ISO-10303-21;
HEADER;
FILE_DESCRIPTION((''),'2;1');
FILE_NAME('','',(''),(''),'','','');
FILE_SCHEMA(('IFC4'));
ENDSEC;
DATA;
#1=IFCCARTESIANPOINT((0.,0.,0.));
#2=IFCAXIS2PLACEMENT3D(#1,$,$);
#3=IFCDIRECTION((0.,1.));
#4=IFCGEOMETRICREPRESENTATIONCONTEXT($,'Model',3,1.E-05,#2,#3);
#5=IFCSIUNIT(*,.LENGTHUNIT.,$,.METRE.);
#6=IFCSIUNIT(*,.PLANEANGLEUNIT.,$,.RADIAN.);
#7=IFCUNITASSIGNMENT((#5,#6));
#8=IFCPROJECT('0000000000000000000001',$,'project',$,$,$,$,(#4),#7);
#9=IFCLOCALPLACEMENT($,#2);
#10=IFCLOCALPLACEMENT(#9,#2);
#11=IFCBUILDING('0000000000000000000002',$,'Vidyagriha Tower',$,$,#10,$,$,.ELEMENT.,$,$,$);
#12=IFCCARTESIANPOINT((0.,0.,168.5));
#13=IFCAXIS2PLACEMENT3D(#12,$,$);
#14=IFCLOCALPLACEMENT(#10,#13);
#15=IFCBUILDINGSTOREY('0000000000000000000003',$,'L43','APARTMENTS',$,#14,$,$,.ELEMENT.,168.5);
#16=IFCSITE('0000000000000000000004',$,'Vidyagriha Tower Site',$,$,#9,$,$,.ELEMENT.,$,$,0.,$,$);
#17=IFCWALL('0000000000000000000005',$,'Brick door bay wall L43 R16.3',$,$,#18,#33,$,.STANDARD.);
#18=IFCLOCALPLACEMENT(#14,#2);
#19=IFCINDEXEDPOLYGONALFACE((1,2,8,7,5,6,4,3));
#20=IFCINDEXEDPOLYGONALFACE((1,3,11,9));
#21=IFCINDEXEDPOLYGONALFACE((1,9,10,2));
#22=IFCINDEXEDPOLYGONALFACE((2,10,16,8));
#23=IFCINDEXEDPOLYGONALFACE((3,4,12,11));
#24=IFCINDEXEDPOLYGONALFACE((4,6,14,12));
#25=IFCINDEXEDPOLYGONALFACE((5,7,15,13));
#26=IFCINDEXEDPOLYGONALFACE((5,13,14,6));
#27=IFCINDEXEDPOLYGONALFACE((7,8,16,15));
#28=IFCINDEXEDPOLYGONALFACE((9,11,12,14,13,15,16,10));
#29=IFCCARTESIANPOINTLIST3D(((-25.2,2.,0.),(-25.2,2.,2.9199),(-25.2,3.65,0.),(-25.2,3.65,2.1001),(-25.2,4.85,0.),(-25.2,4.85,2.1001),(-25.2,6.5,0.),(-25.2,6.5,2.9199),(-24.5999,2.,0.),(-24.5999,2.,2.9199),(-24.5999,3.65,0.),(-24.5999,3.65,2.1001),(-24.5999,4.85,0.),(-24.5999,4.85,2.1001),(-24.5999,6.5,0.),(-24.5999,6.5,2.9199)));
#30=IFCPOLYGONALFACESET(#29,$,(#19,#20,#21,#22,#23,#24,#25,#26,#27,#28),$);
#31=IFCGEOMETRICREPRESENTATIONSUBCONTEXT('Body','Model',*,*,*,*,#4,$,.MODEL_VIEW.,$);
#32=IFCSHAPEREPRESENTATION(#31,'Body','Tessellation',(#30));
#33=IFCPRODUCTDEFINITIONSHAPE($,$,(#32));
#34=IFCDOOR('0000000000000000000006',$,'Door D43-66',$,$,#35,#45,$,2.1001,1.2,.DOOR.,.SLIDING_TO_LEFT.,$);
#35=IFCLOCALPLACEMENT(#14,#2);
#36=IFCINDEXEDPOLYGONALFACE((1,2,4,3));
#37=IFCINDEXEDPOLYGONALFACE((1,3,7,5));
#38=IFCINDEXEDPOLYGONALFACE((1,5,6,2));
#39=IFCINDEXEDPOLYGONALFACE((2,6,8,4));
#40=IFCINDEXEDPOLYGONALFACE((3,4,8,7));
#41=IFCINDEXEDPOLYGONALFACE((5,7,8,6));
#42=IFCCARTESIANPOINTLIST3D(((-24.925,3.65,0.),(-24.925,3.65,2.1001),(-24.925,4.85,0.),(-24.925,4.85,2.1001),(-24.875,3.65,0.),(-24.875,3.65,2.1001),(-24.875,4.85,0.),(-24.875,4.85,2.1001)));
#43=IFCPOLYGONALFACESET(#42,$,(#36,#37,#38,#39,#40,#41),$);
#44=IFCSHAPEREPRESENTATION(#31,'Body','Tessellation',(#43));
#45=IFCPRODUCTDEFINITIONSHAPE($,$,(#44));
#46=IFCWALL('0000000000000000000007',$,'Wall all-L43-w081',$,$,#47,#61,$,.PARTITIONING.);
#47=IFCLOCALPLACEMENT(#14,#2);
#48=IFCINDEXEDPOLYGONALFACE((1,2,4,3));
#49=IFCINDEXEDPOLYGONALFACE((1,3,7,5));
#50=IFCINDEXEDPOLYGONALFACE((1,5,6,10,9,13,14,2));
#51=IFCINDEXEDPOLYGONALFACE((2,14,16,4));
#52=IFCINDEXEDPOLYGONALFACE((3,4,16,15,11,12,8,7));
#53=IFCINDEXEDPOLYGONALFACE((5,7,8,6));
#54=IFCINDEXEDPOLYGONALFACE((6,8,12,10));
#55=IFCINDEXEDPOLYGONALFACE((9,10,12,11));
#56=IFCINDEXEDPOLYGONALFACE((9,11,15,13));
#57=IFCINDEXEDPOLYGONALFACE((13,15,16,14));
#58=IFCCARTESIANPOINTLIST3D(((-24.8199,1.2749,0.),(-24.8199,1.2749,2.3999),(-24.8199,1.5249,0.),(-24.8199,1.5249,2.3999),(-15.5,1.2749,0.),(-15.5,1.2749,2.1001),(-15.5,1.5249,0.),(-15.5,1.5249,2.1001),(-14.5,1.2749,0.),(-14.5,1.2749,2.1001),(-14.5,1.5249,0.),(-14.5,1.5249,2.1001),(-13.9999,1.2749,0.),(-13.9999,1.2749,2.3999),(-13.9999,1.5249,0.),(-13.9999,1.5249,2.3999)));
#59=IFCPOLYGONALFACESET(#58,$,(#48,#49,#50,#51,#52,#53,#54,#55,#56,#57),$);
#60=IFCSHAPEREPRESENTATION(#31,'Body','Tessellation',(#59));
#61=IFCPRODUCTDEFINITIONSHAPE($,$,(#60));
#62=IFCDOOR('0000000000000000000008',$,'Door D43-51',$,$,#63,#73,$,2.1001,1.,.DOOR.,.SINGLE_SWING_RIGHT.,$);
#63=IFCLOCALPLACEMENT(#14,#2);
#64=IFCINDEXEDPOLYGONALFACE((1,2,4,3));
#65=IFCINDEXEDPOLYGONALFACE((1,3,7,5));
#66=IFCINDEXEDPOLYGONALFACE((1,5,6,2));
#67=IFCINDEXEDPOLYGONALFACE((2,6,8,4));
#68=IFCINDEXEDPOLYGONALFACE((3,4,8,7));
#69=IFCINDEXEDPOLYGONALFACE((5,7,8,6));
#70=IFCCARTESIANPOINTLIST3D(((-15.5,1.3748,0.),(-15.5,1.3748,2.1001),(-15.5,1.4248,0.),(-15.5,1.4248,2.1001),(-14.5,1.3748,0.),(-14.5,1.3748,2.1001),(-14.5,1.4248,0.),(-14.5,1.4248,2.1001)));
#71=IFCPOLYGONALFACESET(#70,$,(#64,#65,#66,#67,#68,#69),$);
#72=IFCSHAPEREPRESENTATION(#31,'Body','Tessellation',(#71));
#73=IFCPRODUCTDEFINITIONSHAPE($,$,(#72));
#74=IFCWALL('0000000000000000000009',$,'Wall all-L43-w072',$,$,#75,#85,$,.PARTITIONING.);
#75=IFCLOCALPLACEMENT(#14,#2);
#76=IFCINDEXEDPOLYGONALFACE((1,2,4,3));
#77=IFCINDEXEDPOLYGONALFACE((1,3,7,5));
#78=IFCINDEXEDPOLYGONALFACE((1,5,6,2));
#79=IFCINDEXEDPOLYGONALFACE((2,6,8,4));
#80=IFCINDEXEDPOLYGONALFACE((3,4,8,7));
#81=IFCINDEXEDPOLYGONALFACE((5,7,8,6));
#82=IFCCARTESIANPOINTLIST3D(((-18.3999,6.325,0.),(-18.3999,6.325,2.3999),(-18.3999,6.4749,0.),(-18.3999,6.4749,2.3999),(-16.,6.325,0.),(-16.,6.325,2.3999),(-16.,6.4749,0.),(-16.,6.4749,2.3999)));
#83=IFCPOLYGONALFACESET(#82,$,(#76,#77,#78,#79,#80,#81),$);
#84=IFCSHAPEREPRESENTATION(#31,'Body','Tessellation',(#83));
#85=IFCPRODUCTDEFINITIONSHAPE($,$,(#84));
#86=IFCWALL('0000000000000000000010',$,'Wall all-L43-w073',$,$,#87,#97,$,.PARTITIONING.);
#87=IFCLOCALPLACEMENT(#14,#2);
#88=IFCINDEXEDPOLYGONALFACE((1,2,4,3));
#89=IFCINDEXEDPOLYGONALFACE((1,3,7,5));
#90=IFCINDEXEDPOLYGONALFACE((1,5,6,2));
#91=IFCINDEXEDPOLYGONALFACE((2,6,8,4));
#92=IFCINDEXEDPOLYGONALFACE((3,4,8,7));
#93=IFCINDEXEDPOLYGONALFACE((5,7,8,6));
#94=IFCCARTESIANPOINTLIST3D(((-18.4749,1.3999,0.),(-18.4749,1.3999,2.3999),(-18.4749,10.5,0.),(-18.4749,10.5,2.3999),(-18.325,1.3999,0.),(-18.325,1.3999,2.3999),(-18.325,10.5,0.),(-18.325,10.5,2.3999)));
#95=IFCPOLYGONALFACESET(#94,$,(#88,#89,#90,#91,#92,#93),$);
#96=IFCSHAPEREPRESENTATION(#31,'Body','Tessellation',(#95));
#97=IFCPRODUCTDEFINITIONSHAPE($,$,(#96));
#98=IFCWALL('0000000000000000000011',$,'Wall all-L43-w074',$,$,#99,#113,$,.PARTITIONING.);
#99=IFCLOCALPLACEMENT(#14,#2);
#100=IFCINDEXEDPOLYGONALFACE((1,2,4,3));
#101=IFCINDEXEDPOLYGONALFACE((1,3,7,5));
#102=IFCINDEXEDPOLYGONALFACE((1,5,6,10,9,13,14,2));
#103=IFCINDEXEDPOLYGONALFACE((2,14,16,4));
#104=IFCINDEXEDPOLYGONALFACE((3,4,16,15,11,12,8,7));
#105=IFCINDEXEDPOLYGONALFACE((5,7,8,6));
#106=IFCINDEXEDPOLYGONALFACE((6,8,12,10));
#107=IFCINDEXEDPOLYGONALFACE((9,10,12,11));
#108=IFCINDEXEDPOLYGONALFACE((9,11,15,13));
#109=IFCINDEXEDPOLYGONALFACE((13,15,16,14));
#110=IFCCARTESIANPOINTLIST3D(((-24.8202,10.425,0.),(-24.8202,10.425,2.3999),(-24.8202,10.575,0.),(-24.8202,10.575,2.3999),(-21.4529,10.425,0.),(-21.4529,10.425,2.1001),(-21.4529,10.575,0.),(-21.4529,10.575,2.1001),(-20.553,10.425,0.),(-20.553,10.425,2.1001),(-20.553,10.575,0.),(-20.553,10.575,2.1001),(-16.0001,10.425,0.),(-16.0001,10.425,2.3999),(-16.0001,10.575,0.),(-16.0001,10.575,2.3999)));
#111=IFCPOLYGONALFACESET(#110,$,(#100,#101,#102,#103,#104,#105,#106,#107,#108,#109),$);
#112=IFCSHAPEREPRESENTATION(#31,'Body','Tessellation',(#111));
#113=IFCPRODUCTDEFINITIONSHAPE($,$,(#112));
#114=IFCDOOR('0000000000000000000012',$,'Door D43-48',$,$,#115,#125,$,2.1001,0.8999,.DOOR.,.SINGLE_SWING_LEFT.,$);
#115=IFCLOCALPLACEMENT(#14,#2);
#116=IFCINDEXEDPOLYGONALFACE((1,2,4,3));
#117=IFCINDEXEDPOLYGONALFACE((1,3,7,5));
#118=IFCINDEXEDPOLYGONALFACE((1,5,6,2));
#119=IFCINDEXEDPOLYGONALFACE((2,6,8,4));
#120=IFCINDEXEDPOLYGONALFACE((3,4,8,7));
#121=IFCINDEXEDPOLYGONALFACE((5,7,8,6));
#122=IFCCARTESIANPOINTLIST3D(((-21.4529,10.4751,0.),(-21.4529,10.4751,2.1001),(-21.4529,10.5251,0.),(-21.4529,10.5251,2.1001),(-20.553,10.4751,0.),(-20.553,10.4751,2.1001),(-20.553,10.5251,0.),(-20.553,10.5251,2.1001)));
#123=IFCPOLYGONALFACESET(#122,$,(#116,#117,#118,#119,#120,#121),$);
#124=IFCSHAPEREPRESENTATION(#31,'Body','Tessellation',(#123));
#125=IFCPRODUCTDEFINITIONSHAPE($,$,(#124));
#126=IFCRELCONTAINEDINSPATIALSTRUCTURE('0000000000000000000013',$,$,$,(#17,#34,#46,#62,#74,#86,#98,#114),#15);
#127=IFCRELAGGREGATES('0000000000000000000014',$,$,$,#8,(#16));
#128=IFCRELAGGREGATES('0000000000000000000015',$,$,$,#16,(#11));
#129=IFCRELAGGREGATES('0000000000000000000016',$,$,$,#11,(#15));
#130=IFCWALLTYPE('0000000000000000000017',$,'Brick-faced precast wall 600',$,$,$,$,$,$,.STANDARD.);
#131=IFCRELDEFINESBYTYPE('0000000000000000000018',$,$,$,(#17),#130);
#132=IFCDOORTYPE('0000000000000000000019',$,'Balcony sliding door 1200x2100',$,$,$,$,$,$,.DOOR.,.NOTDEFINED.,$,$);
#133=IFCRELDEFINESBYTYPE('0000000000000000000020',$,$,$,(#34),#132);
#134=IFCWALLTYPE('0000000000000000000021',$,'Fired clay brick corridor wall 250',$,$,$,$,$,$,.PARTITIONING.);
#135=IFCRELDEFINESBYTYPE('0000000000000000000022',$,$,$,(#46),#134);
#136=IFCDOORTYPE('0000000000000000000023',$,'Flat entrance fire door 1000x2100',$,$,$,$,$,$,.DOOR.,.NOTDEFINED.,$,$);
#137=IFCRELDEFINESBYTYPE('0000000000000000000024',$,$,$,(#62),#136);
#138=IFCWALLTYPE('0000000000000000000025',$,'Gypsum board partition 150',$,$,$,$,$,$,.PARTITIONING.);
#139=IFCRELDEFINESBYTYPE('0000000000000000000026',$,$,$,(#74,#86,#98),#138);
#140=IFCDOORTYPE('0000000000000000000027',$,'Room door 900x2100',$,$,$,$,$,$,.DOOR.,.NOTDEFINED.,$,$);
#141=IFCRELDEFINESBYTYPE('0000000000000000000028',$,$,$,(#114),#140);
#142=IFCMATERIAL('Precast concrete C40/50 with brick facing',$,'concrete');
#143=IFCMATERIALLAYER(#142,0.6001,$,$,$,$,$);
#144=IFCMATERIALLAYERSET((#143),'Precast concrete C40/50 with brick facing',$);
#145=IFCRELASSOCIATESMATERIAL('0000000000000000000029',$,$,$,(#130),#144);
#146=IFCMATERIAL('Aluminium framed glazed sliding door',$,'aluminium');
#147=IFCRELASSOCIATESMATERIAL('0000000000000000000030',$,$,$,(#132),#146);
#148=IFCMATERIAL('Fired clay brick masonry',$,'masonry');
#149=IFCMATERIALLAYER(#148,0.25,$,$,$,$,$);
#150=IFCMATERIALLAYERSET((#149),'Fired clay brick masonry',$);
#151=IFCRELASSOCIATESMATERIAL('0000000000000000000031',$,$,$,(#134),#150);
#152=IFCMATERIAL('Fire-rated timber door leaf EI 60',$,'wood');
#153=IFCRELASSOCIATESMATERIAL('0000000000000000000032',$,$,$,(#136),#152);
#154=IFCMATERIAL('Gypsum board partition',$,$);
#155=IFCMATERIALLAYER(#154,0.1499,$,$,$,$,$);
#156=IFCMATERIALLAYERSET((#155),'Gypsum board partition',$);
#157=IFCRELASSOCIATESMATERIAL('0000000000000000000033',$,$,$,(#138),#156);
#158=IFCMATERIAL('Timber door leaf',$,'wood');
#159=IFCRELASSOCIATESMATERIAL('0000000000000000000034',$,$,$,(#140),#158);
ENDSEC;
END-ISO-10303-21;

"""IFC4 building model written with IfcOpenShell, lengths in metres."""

from ifc_helpers import new_model, si_unit, direction, frame, frame_2d, origin, place, context, subcontext, project, spatial, rectangle, extrude, material, layer, layer_set, type_object, element, fill, save


model = new_model("IFC4")

# Units and contexts
model_context = context("Model", 3, precision=1e-05, world=origin(), true_north=direction((0.0, 1.0)))
body_context = subcontext(model_context, "Body", "Model", "MODEL_VIEW")
ifc_project = project(units=[si_unit("LENGTHUNIT", "METRE"), si_unit("PLANEANGLEUNIT", "RADIAN")], contexts=[model_context])

# Site, building, storey
site_placement = place(None, origin())
site = spatial("IfcSite", under=ifc_project, at=site_placement, Name="Vidyagriha Tower Site", CompositionType="ELEMENT", RefElevation=0.0)
building_placement = place(site_placement, origin())
building = spatial("IfcBuilding", under=site, at=building_placement, Name="Vidyagriha Tower", CompositionType="ELEMENT")
storey_placement = place(building_placement, frame((0.0, 0.0, 168.5)))
storey = spatial("IfcBuildingStorey", under=building, at=storey_placement, Name="L43", Description="APARTMENTS", CompositionType="ELEMENT", Elevation=168.5)

# Walls, openings, doors
ifc_material_1 = material(Name="Precast concrete C40/50 with brick facing", Category="concrete")
ifc_layer_1 = layer(ifc_material_1, 0.6001)
ifc_layer_set_1 = layer_set([ifc_layer_1], Name="Precast concrete C40/50 with brick facing")
wall_type_1 = type_object("IfcWallType", Name="Brick-faced precast wall 600", PredefinedType="STANDARD", material=ifc_layer_set_1)
wall_1_placement = place(storey_placement, frame((-24.8999, 6.5, 0.0), z_axis=(0.0, 0.0, 1.0), x_axis=(0.0, -1.0, 0.0)))
wall_1 = element("IfcWall", 1, at=wall_1_placement, inside=storey, type_object=wall_type_1, Name="Brick door bay wall L43 R16.3", PredefinedType="STANDARD", context=body_context, shape_type="SweptSolid", body=[
    extrude(rectangle(XDim=4.5, YDim=0.6001, at=frame_2d((2.25, 0.0))), origin(), (0.0, 0.0, 1.0), 2.9199),
])
opening_1_placement = place(wall_1_placement, frame((1.6499, 0.0, 0.0)))
opening_1 = element("IfcOpeningElement", 2, at=opening_1_placement, cuts=wall_1, PredefinedType="OPENING", context=body_context, shape_type="SweptSolid", body=[
    extrude(rectangle(XDim=1.2, YDim=2.1001, at=frame_2d((0.6001, 1.05))), frame((0.0, 0.3101, 0.0), z_axis=(0.0, -1.0, 0.0), x_axis=(1.0, 0.0, 0.0)), (0.0, 0.0, 1.0), 0.6201),
])
ifc_material_2 = material(Name="Aluminium framed glazed sliding door", Category="aluminium")
door_type_1 = type_object("IfcDoorType", Name="Balcony sliding door 1200x2100", OperationType="NOTDEFINED", PredefinedType="DOOR", material=ifc_material_2)
door_1_placement = place(opening_1_placement, origin())
door_1 = element("IfcDoor", 3, at=door_1_placement, inside=storey, type_object=door_type_1, Name="Door D43-66", OperationType="SLIDING_TO_LEFT", OverallHeight=2.1001, OverallWidth=1.2, PredefinedType="DOOR", context=body_context, shape_type="SweptSolid", body=[
    extrude(rectangle(XDim=1.2, YDim=2.1001, at=frame_2d((0.6001, 1.05))), frame((0.0, 0.0249, 0.0), z_axis=(0.0, -1.0, 0.0), x_axis=(1.0, 0.0, 0.0)), (0.0, 0.0, 1.0), 0.05),
])
fill(opening_1, door_1)
ifc_material_3 = material(Name="Fired clay brick masonry", Category="masonry")
ifc_layer_2 = layer(ifc_material_3, 0.25)
ifc_layer_set_2 = layer_set([ifc_layer_2], Name="Fired clay brick masonry")
wall_type_2 = type_object("IfcWallType", Name="Fired clay brick corridor wall 250", PredefinedType="PARTITIONING", material=ifc_layer_set_2)
wall_2_placement = place(storey_placement, frame((-24.8201, 1.3999, 0.0)))
wall_2 = element("IfcWall", 4, at=wall_2_placement, inside=storey, type_object=wall_type_2, Name="Wall all-L43-w081", PredefinedType="PARTITIONING", context=body_context, shape_type="SweptSolid", body=[
    extrude(rectangle(XDim=10.8201, YDim=0.25, at=frame_2d((5.4102, 0.0))), origin(), (0.0, 0.0, 1.0), 2.3999),
])
opening_2_placement = place(wall_2_placement, frame((9.3201, 0.0, 0.0)))
opening_2 = element("IfcOpeningElement", 5, at=opening_2_placement, cuts=wall_2, PredefinedType="OPENING", context=body_context, shape_type="SweptSolid", body=[
    extrude(rectangle(XDim=1.0, YDim=2.1001, at=frame_2d((0.5, 1.05))), frame((0.0, 0.135, 0.0), z_axis=(0.0, -1.0, 0.0), x_axis=(1.0, 0.0, 0.0)), (0.0, 0.0, 1.0), 0.27),
])
ifc_material_4 = material(Name="Fire-rated timber door leaf EI 60", Category="wood")
door_type_2 = type_object("IfcDoorType", Name="Flat entrance fire door 1000x2100", OperationType="NOTDEFINED", PredefinedType="DOOR", material=ifc_material_4)
door_2_placement = place(opening_2_placement, origin())
door_2 = element("IfcDoor", 6, at=door_2_placement, inside=storey, type_object=door_type_2, Name="Door D43-51", OperationType="SINGLE_SWING_RIGHT", OverallHeight=2.1001, OverallWidth=1.0, PredefinedType="DOOR", context=body_context, shape_type="SweptSolid", body=[
    extrude(rectangle(XDim=1.0, YDim=2.1001, at=frame_2d((0.5, 1.05))), frame((0.0, 0.0249, 0.0), z_axis=(0.0, -1.0, 0.0), x_axis=(1.0, 0.0, 0.0)), (0.0, 0.0, 1.0), 0.05),
])
fill(opening_2, door_2)

# Walls
ifc_material_5 = material(Name="Gypsum board partition")
ifc_layer_3 = layer(ifc_material_5, 0.1499)
ifc_layer_set_3 = layer_set([ifc_layer_3], Name="Gypsum board partition")
wall_type_3 = type_object("IfcWallType", Name="Gypsum board partition 150", PredefinedType="PARTITIONING", material=ifc_layer_set_3)
wall_3_placement = place(storey_placement, frame((-18.3999, 6.3999, 0.0)))
element("IfcWall", 7, at=wall_3_placement, inside=storey, type_object=wall_type_3, Name="Wall all-L43-w072", PredefinedType="PARTITIONING", context=body_context, shape_type="SweptSolid", body=[
    extrude(rectangle(XDim=2.3999, YDim=0.1499, at=frame_2d((1.2, 0.0))), origin(), (0.0, 0.0, 1.0), 2.3999),
])
wall_4_placement = place(storey_placement, frame((-18.3999, 1.3999, 0.0), z_axis=(0.0, 0.0, 1.0), x_axis=(0.0, 1.0, 0.0)))
element("IfcWall", 8, at=wall_4_placement, inside=storey, type_object=wall_type_3, Name="Wall all-L43-w073", PredefinedType="PARTITIONING", context=body_context, shape_type="SweptSolid", body=[
    extrude(rectangle(XDim=9.1001, YDim=0.1499, at=frame_2d((4.55, 0.0))), origin(), (0.0, 0.0, 1.0), 2.3999),
])

# Wall, opening, door
wall_5_placement = place(storey_placement, frame((-16.0, 10.5, 0.0), z_axis=(0.0, 0.0, 1.0), x_axis=(-1.0, 0.0, 0.0)))
wall_5 = element("IfcWall", 9, at=wall_5_placement, inside=storey, type_object=wall_type_3, Name="Wall all-L43-w074", PredefinedType="PARTITIONING", context=body_context, shape_type="SweptSolid", body=[
    extrude(rectangle(XDim=8.8201, YDim=0.1499, at=frame_2d((4.4102, 0.0))), origin(), (0.0, 0.0, 1.0), 2.3999),
])
opening_3_placement = place(wall_5_placement, frame((4.553, 0.0, 0.0)))
opening_3 = element("IfcOpeningElement", 10, at=opening_3_placement, cuts=wall_5, PredefinedType="OPENING", context=body_context, shape_type="SweptSolid", body=[
    extrude(rectangle(XDim=0.8999, YDim=2.1001, at=frame_2d((0.45, 1.05))), frame((0.0, 0.085, 0.0), z_axis=(0.0, -1.0, 0.0), x_axis=(1.0, 0.0, 0.0)), (0.0, 0.0, 1.0), 0.1699),
])
ifc_material_6 = material(Name="Timber door leaf", Category="wood")
door_type_3 = type_object("IfcDoorType", Name="Room door 900x2100", OperationType="NOTDEFINED", PredefinedType="DOOR", material=ifc_material_6)
door_3_placement = place(opening_3_placement, origin())
door_3 = element("IfcDoor", 11, at=door_3_placement, inside=storey, type_object=door_type_3, Name="Door D43-48", OperationType="SINGLE_SWING_LEFT", OverallHeight=2.1001, OverallWidth=0.8999, PredefinedType="DOOR", context=body_context, shape_type="SweptSolid", body=[
    extrude(rectangle(XDim=0.8999, YDim=2.1001, at=frame_2d((0.45, 1.05))), frame((0.0, 0.0249, 0.0), z_axis=(0.0, -1.0, 0.0), x_axis=(1.0, 0.0, 0.0)), (0.0, 0.0, 1.0), 0.05),
])
fill(opening_3, door_3)

save(model, "model.ifc")
